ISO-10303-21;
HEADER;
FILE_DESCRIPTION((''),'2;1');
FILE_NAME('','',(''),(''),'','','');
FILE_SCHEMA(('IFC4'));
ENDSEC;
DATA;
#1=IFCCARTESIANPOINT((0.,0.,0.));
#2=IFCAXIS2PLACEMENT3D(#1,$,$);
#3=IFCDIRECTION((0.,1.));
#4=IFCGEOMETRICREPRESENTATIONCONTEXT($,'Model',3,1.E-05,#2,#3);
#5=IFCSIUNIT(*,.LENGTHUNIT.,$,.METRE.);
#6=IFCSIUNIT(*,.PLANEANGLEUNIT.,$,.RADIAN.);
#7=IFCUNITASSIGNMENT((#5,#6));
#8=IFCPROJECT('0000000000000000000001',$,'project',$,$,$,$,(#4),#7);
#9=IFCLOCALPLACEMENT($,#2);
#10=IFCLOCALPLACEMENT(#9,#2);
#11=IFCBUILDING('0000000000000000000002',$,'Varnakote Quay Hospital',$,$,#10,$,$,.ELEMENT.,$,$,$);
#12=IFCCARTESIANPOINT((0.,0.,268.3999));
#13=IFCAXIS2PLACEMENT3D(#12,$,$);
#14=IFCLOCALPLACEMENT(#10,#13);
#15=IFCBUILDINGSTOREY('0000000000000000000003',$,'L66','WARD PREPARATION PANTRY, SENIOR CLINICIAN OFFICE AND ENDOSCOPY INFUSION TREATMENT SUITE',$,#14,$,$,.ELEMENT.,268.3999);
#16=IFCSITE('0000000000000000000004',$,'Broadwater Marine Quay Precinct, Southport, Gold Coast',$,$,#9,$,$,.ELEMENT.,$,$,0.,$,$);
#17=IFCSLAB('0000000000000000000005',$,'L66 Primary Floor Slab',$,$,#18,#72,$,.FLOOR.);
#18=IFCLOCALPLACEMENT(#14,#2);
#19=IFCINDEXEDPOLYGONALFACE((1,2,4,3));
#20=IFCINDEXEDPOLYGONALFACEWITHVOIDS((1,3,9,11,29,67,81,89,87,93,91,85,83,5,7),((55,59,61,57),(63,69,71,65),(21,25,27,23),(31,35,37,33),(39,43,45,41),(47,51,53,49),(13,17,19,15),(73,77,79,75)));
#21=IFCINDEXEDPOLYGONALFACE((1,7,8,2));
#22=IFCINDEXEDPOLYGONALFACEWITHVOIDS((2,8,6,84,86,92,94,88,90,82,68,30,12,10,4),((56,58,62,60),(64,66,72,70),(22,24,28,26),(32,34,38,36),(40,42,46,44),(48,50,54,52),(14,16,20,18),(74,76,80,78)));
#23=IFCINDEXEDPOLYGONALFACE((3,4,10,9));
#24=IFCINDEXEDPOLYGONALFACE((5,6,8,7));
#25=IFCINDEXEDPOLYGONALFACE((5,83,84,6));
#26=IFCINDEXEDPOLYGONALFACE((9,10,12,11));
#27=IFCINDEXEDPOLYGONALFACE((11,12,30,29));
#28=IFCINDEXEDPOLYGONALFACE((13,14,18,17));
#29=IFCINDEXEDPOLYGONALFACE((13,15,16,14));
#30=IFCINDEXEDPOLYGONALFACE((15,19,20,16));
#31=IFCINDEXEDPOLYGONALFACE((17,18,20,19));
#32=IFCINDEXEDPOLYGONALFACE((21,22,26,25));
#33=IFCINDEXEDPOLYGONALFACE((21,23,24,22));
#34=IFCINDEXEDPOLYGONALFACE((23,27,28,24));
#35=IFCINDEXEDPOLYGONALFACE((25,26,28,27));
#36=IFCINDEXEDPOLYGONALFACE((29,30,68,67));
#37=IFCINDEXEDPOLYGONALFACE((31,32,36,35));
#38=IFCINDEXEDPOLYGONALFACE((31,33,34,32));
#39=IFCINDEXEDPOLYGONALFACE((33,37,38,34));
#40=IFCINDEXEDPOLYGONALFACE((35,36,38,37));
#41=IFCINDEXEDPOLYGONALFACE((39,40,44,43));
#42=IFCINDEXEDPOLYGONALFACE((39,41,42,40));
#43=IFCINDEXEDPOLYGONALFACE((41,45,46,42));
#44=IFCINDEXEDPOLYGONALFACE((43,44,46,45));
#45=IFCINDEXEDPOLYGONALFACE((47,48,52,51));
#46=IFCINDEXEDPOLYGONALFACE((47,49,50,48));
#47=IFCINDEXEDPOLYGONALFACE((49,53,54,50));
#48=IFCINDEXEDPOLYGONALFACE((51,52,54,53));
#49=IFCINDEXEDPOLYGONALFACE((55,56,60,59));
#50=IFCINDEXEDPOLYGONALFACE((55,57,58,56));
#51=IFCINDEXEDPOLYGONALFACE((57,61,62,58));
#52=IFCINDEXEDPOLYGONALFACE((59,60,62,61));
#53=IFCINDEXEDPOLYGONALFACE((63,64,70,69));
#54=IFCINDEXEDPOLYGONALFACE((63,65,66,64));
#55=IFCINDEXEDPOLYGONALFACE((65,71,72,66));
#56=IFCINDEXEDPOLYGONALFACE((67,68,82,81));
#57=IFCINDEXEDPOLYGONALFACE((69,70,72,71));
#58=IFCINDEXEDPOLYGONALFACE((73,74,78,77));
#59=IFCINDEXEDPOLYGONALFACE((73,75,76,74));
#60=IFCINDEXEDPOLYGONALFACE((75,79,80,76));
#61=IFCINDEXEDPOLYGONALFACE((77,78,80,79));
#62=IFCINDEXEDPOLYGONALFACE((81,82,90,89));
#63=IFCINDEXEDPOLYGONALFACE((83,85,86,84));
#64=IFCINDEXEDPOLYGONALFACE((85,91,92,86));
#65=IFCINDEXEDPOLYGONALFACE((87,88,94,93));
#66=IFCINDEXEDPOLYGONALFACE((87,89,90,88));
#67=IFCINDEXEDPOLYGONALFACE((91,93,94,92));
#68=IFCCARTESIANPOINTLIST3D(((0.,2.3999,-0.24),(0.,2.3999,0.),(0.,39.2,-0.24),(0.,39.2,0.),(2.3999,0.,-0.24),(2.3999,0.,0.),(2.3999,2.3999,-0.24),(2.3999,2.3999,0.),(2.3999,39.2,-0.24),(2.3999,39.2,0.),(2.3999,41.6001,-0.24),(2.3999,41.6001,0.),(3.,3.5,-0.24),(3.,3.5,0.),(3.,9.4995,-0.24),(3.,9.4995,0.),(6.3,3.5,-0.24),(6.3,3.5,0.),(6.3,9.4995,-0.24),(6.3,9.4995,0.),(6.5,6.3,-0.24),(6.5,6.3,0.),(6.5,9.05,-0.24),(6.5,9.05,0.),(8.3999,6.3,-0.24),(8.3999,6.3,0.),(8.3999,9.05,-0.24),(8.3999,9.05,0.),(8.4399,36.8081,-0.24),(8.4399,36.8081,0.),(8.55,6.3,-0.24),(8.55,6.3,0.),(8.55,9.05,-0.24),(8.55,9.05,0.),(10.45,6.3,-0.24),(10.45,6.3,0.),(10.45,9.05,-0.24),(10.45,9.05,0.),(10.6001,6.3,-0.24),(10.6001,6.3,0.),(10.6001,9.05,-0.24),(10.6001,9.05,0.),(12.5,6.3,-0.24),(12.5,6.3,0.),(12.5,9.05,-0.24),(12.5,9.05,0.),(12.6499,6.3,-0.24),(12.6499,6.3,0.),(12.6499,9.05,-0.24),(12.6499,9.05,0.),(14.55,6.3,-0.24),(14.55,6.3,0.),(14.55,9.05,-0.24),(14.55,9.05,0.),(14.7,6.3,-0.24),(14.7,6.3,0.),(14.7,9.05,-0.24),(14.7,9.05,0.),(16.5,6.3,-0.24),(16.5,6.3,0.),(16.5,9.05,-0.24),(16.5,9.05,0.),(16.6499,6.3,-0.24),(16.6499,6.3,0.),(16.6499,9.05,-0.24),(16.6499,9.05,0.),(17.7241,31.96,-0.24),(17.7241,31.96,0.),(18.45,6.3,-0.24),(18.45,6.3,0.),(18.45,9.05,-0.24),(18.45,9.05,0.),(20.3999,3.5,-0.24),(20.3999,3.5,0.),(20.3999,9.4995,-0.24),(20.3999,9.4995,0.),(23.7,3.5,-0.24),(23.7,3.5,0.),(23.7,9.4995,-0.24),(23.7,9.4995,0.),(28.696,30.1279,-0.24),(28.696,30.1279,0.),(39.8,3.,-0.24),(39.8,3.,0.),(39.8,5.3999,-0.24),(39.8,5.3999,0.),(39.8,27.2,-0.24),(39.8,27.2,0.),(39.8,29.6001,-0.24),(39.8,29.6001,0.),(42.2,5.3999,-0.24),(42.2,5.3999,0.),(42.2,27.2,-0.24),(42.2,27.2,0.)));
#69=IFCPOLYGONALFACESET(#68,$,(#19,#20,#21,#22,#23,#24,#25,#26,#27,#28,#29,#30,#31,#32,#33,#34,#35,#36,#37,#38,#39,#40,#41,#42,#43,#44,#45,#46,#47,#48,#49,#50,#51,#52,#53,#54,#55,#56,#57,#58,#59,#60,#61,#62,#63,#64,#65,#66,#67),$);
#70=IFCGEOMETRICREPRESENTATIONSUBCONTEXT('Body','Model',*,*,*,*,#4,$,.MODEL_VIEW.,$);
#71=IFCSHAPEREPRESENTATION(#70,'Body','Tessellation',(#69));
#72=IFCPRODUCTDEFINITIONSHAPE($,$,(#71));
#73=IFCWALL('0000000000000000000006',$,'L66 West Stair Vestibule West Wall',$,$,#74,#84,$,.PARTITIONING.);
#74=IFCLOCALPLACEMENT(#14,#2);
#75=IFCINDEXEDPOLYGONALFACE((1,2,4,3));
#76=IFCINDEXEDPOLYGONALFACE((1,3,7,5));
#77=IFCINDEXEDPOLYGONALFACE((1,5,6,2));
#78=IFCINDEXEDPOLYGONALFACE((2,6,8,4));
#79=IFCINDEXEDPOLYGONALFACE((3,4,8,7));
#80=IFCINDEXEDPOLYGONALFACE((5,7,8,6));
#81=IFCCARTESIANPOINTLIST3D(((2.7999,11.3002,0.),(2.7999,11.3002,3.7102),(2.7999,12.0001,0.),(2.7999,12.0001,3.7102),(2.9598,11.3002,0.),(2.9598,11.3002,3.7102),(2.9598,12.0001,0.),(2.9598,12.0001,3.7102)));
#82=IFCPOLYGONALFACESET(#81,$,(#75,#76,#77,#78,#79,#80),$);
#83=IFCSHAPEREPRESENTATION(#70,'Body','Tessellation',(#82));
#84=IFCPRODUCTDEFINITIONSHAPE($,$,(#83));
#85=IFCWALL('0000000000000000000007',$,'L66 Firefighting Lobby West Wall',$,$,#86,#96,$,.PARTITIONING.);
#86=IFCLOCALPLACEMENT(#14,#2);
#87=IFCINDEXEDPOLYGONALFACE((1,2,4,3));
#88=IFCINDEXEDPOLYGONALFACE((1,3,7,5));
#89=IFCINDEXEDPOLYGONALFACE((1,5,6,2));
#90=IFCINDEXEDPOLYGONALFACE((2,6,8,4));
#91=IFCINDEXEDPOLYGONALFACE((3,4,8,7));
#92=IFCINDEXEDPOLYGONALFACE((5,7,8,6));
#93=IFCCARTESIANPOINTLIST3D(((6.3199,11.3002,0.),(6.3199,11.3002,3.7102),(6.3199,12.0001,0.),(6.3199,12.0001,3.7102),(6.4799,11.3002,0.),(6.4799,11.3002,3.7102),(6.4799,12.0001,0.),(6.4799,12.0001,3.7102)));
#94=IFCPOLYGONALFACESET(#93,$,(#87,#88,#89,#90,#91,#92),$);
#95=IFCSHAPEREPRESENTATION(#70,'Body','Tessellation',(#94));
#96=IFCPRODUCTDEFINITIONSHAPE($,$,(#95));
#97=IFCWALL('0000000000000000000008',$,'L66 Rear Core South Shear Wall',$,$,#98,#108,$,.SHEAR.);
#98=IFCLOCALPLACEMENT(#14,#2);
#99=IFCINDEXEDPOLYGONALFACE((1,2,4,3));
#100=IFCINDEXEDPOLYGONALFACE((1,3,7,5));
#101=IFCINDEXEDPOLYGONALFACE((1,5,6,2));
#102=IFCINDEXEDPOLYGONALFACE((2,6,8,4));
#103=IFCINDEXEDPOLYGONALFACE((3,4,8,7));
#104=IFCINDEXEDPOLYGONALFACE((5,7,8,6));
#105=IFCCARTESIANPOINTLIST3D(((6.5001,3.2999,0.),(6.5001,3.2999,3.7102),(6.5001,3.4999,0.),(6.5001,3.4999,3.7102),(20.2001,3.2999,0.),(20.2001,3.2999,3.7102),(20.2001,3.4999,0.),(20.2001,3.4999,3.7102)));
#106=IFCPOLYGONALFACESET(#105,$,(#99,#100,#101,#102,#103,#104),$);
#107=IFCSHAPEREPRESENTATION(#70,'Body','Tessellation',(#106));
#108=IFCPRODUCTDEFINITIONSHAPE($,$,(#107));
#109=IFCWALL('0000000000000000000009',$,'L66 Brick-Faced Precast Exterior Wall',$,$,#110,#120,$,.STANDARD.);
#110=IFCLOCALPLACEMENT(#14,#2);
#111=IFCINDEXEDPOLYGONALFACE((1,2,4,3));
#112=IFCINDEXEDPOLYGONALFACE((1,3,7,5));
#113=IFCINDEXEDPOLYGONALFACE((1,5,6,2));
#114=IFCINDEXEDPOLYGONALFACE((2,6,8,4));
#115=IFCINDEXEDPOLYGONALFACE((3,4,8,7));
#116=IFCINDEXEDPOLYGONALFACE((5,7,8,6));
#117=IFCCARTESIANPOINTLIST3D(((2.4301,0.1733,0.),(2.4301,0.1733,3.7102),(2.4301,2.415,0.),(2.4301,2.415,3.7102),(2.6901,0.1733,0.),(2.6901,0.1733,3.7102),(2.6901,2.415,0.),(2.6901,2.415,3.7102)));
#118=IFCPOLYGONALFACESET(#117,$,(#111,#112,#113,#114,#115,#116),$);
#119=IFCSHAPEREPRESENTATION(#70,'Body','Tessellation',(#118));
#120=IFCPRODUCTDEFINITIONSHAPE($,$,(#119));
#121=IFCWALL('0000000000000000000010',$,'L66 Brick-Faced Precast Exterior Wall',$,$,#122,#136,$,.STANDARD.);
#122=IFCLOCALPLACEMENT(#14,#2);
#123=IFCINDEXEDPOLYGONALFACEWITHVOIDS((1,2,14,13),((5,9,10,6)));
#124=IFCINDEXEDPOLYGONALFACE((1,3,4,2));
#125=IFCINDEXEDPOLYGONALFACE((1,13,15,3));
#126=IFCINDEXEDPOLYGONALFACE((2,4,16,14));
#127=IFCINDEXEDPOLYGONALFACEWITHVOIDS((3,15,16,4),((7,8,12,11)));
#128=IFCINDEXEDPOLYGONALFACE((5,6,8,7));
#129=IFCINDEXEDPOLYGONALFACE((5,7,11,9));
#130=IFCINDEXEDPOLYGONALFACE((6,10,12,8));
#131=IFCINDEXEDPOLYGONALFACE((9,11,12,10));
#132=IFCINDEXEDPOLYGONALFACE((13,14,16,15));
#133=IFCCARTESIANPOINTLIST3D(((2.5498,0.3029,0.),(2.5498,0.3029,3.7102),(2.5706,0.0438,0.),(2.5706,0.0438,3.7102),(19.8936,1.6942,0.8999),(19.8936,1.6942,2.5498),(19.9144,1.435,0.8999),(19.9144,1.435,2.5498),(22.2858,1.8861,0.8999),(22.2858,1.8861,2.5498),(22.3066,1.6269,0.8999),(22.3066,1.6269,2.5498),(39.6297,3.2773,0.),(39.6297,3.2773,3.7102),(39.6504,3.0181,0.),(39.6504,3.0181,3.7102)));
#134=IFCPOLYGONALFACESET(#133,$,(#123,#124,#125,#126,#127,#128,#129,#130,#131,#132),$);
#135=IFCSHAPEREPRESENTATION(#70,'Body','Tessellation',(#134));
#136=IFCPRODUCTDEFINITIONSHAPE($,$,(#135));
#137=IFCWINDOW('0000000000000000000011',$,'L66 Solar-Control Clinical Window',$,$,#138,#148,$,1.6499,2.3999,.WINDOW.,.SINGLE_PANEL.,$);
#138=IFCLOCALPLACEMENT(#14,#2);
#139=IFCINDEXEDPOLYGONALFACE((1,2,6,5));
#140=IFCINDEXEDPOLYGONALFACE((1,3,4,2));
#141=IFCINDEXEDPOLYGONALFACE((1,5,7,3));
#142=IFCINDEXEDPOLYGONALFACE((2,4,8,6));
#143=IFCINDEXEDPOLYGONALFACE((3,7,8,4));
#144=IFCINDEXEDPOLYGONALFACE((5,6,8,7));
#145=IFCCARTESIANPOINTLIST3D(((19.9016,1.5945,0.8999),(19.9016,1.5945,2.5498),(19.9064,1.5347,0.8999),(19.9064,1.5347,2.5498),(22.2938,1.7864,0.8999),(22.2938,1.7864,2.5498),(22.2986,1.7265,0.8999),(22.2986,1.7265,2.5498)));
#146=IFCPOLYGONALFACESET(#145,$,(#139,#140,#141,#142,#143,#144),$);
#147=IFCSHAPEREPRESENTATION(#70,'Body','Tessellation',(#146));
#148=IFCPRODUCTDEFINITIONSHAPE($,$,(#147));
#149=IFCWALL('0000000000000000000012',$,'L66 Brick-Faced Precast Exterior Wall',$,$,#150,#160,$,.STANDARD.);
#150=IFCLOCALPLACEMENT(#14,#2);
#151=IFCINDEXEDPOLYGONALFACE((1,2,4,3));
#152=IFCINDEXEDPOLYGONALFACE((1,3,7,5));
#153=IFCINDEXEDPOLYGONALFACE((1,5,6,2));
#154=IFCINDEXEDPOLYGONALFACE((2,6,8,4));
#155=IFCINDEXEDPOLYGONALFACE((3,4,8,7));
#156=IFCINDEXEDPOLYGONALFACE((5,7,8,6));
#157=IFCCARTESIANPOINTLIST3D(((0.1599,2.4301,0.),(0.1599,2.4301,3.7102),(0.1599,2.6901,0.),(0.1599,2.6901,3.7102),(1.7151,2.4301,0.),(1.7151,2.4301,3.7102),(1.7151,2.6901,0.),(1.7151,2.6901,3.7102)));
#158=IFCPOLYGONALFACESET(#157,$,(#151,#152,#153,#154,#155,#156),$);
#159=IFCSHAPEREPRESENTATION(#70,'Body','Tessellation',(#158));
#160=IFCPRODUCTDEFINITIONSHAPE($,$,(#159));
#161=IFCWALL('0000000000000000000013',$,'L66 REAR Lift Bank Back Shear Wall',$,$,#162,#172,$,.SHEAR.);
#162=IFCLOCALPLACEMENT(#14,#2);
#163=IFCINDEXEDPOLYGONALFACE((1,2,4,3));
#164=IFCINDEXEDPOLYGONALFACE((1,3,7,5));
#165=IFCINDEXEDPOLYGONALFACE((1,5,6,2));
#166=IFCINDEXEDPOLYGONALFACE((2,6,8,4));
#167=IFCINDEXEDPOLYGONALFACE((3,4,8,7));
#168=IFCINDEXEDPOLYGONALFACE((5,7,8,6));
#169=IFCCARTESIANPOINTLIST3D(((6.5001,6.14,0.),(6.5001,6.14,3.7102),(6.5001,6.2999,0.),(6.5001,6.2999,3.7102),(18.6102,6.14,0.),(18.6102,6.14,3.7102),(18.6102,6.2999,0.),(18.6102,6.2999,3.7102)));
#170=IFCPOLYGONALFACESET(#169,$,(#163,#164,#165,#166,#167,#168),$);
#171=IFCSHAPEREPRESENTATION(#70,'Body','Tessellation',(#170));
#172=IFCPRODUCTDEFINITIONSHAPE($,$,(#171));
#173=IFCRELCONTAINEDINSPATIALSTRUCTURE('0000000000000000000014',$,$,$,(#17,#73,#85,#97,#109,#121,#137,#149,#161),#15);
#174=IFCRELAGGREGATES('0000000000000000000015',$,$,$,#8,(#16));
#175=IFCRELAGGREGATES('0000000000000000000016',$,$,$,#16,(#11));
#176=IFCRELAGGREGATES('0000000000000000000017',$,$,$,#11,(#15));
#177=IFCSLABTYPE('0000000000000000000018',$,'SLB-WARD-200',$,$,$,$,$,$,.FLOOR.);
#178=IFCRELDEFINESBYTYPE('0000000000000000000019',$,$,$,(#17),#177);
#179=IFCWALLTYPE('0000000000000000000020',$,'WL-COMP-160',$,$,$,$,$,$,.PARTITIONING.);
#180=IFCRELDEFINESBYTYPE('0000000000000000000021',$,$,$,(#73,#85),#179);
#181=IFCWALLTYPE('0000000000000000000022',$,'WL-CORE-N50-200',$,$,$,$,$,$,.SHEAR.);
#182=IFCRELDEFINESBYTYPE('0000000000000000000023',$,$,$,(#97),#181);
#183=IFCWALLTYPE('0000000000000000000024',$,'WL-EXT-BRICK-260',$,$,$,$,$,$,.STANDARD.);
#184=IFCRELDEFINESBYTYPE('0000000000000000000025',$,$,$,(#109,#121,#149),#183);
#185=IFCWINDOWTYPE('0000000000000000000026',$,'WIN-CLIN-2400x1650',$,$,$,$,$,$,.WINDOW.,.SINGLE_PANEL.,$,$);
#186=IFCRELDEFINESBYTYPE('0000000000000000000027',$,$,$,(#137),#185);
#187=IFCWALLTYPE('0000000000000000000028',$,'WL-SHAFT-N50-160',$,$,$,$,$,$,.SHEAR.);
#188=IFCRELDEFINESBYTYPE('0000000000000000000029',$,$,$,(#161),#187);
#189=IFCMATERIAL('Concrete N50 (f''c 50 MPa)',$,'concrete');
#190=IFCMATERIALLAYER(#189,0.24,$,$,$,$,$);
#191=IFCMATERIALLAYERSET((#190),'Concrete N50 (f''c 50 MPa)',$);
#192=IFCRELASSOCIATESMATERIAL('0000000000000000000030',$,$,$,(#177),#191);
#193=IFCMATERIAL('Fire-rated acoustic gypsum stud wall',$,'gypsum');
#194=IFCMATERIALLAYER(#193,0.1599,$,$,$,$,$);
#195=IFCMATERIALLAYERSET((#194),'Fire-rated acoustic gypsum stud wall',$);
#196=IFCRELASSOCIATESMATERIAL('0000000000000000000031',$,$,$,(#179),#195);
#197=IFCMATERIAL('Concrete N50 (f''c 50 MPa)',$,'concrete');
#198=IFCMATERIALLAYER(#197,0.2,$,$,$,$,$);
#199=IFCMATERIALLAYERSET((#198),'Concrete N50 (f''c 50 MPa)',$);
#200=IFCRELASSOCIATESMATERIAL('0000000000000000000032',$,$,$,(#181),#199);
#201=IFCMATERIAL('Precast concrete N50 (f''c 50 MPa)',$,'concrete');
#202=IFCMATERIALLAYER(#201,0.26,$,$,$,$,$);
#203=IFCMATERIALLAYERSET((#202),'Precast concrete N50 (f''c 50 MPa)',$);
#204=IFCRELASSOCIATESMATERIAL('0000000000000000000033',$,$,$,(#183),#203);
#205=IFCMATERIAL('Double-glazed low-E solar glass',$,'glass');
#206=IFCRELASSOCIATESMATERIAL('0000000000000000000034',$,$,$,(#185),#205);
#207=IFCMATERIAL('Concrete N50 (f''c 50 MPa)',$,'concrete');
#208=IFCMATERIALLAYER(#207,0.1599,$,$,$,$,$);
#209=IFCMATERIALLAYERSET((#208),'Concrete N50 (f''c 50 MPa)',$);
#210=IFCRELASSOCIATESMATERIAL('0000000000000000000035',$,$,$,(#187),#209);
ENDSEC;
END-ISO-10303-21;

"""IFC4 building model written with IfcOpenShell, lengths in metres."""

from ifc_helpers import new_model, si_unit, direction, frame, frame_2d, origin, place, context, subcontext, project, spatial, polyline, rectangle, outline, extrude, material, layer, layer_set, type_object, element, fill, save


model = new_model("IFC4")

# Units and contexts
model_context = context("Model", 3, precision=1e-05, world=origin(), true_north=direction((0.0, 1.0)))
body_context = subcontext(model_context, "Body", "Model", "MODEL_VIEW")
ifc_project = project(units=[si_unit("LENGTHUNIT", "METRE"), si_unit("PLANEANGLEUNIT", "RADIAN")], contexts=[model_context])

# Site, building, storey
site_placement = place(None, origin())
site = spatial("IfcSite", under=ifc_project, at=site_placement, Name="Broadwater Marine Quay Precinct, Southport, Gold Coast", CompositionType="ELEMENT", RefElevation=0.0)
building_placement = place(site_placement, origin())
building = spatial("IfcBuilding", under=site, at=building_placement, Name="Varnakote Quay Hospital", CompositionType="ELEMENT")
storey_placement = place(building_placement, frame((0.0, 0.0, 268.3999)))
storey = spatial("IfcBuildingStorey", under=building, at=storey_placement, Name="L66", Description="WARD PREPARATION PANTRY, SENIOR CLINICIAN OFFICE AND ENDOSCOPY INFUSION TREATMENT SUITE", CompositionType="ELEMENT", Elevation=268.3999)

# Slab
ifc_material_1 = material(Name="Concrete N50 (f'c 50 MPa)", Category="concrete")
ifc_layer_1 = layer(ifc_material_1, 0.24)
ifc_layer_set_1 = layer_set([ifc_layer_1], Name="Concrete N50 (f'c 50 MPa)")
slab_type_1 = type_object("IfcSlabType", Name="SLB-WARD-200", PredefinedType="FLOOR", material=ifc_layer_set_1)
slab_1_placement = place(storey_placement, frame((0.0, 0.0, -0.24)))
element("IfcSlab", 1, at=slab_1_placement, inside=storey, type_object=slab_type_1, Name="L66 Primary Floor Slab", PredefinedType="FLOOR", context=body_context, shape_type="SweptSolid", body=[
    extrude(outline(polyline([(0.0, 2.3999), (2.3999, 2.3999), (2.3999, 0.0), (39.8, 3.0), (39.8, 5.3999), (42.2, 5.3999), (42.2, 27.2), (39.8, 27.2), (39.8, 29.6001), (28.696, 30.1279), (17.7241, 31.96), (8.4399, 36.8081), (2.3999, 41.6001), (2.3999, 39.2), (0.0, 39.2), (0.0, 2.3999)]), holes=[polyline([(3.0, 3.5), (6.3, 3.5), (6.3, 9.4995), (3.0, 9.4995), (3.0, 3.5)]), polyline([(20.3999, 3.5), (23.7, 3.5), (23.7, 9.4995), (20.3999, 9.4995), (20.3999, 3.5)]), polyline([(6.5, 6.3), (8.3999, 6.3), (8.3999, 9.05), (6.5, 9.05), (6.5, 6.3)]), polyline([(8.55, 6.3), (10.45, 6.3), (10.45, 9.05), (8.55, 9.05), (8.55, 6.3)]), polyline([(10.6001, 6.3), (12.5, 6.3), (12.5, 9.05), (10.6001, 9.05), (10.6001, 6.3)]), polyline([(12.6499, 6.3), (14.55, 6.3), (14.55, 9.05), (12.6499, 9.05), (12.6499, 6.3)]), polyline([(14.7, 6.3), (16.5, 6.3), (16.5, 9.05), (14.7, 9.05), (14.7, 6.3)]), polyline([(16.6499, 6.3), (18.45, 6.3), (18.45, 9.05), (16.6499, 9.05), (16.6499, 6.3)])]), origin(), (0.0, 0.0, 1.0), 0.24),
])

# Walls
ifc_material_2 = material(Name="Fire-rated acoustic gypsum stud wall", Category="gypsum")
ifc_layer_2 = layer(ifc_material_2, 0.1599)
ifc_layer_set_2 = layer_set([ifc_layer_2], Name="Fire-rated acoustic gypsum stud wall")
wall_type_1 = type_object("IfcWallType", Name="WL-COMP-160", PredefinedType="PARTITIONING", material=ifc_layer_set_2)
for number, where, z_axis, x_axis, name in (
    (2, (2.8799, 11.3, 0.0), (0.0, 0.0, 1.0), (0.0, 1.0, 0.0), "L66 West Stair Vestibule West Wall"),
    (3, (6.3999, 11.3, 0.0), (0.0, 0.0, 1.0), (0.0, 1.0, 0.0), "L66 Firefighting Lobby West Wall"),
):
    element("IfcWall", number, at=place(storey_placement, frame(where, z_axis=z_axis, x_axis=x_axis)), inside=storey, type_object=wall_type_1, Name=name, PredefinedType="PARTITIONING", context=body_context, shape_type="SweptSolid", body=[
        extrude(rectangle(XDim=0.7, YDim=0.1599, at=frame_2d((0.3501, 0.0))), origin(), (0.0, 0.0, 1.0), 3.7102),
    ])
ifc_material_3 = material(Name="Concrete N50 (f'c 50 MPa)", Category="concrete")
ifc_layer_3 = layer(ifc_material_3, 0.2)
ifc_layer_set_3 = layer_set([ifc_layer_3], Name="Concrete N50 (f'c 50 MPa)")
wall_type_2 = type_object("IfcWallType", Name="WL-CORE-N50-200", PredefinedType="SHEAR", material=ifc_layer_set_3)
wall_1_placement = place(storey_placement, frame((6.5, 3.3999, 0.0), z_axis=(0.0, 0.0, 1.0), x_axis=(1.0, 0.0, 0.0)))
element("IfcWall", 4, at=wall_1_placement, inside=storey, type_object=wall_type_2, Name="L66 Rear Core South Shear Wall", PredefinedType="SHEAR", context=body_context, shape_type="SweptSolid", body=[
    extrude(rectangle(XDim=13.7, YDim=0.2, at=frame_2d((6.8501, 0.0))), origin(), (0.0, 0.0, 1.0), 3.7102),
])
ifc_material_4 = material(Name="Precast concrete N50 (f'c 50 MPa)", Category="concrete")
ifc_layer_4 = layer(ifc_material_4, 0.26)
ifc_layer_set_4 = layer_set([ifc_layer_4], Name="Precast concrete N50 (f'c 50 MPa)")
wall_type_3 = type_object("IfcWallType", Name="WL-EXT-BRICK-260", PredefinedType="STANDARD", material=ifc_layer_set_4)
wall_2_placement = place(storey_placement, frame((2.5601, 2.415, 0.0), z_axis=(0.0, 0.0, 1.0), x_axis=(0.0, -1.0, 0.0)))
element("IfcWall", 5, at=wall_2_placement, inside=storey, type_object=wall_type_3, Name="L66 Brick-Faced Precast Exterior Wall", PredefinedType="STANDARD", context=body_context, shape_type="SweptSolid", body=[
    extrude(rectangle(XDim=2.2417, YDim=0.26, at=frame_2d((1.1208, 0.0))), origin(), (0.0, 0.0, 1.0), 3.7102),
])

# Wall, opening, window
wall_3_placement = place(storey_placement, frame((2.5601, 0.1733, 0.0), z_axis=(0.0, 0.0, 1.0), x_axis=(0.996798, 0.079958, 0.0)))
wall_3 = element("IfcWall", 6, at=wall_3_placement, inside=storey, type_object=wall_type_3, Name="L66 Brick-Faced Precast Exterior Wall", PredefinedType="STANDARD", context=body_context, shape_type="SweptSolid", body=[
    extrude(rectangle(XDim=37.199, YDim=0.26, at=frame_2d((18.5996, 0.0))), origin(), (0.0, 0.0, 1.0), 3.7102),
])
opening_1_placement = place(wall_3_placement, frame((17.3997, 0.0, 0.8999)))
opening_1 = element("IfcOpeningElement", 7, at=opening_1_placement, cuts=wall_3, PredefinedType="OPENING", context=body_context, shape_type="SweptSolid", body=[
    extrude(rectangle(XDim=2.3999, YDim=1.6499, at=frame_2d((1.2, 0.825))), frame((0.0, 0.1399, 0.0), z_axis=(0.0, -1.0, 0.0), x_axis=(1.0, 0.0, 0.0)), (0.0, 0.0, 1.0), 0.28),
])
ifc_material_5 = material(Name="Double-glazed low-E solar glass", Category="glass")
window_type = type_object("IfcWindowType", Name="WIN-CLIN-2400x1650", PartitioningType="SINGLE_PANEL", PredefinedType="WINDOW", material=ifc_material_5)
window_placement = place(opening_1_placement, origin())
window = element("IfcWindow", 8, at=window_placement, inside=storey, type_object=window_type, Name="L66 Solar-Control Clinical Window", OverallHeight=1.6499, OverallWidth=2.3999, PartitioningType="SINGLE_PANEL", PredefinedType="WINDOW", context=body_context, shape_type="SweptSolid", body=[
    extrude(rectangle(XDim=2.3999, YDim=1.6499, at=frame_2d((1.2, 0.825))), frame((0.0, 0.03, 0.0), z_axis=(0.0, -1.0, 0.0), x_axis=(1.0, 0.0, 0.0)), (0.0, 0.0, 1.0), 0.0601),
])
fill(opening_1, window)

# Walls
wall_4_placement = place(storey_placement, frame((0.1599, 2.5601, 0.0), z_axis=(0.0, 0.0, 1.0), x_axis=(1.0, 0.0, 0.0)))
element("IfcWall", 9, at=wall_4_placement, inside=storey, type_object=wall_type_3, Name="L66 Brick-Faced Precast Exterior Wall", PredefinedType="STANDARD", context=body_context, shape_type="SweptSolid", body=[
    extrude(rectangle(XDim=1.5552, YDim=0.26, at=frame_2d((0.7776, 0.0))), origin(), (0.0, 0.0, 1.0), 3.7102),
])
ifc_material_6 = material(Name="Concrete N50 (f'c 50 MPa)", Category="concrete")
ifc_layer_5 = layer(ifc_material_6, 0.1599)
ifc_layer_set_5 = layer_set([ifc_layer_5], Name="Concrete N50 (f'c 50 MPa)")
wall_type_4 = type_object("IfcWallType", Name="WL-SHAFT-N50-160", PredefinedType="SHEAR", material=ifc_layer_set_5)
wall_5_placement = place(storey_placement, frame((6.5, 6.22, 0.0), z_axis=(0.0, 0.0, 1.0), x_axis=(1.0, 0.0, 0.0)))
element("IfcWall", 10, at=wall_5_placement, inside=storey, type_object=wall_type_4, Name="L66 REAR Lift Bank Back Shear Wall", PredefinedType="SHEAR", context=body_context, shape_type="SweptSolid", body=[
    extrude(rectangle(XDim=12.1101, YDim=0.1599, at=frame_2d((6.0552, 0.0))), origin(), (0.0, 0.0, 1.0), 3.7102),
])

save(model, "model.ifc")
